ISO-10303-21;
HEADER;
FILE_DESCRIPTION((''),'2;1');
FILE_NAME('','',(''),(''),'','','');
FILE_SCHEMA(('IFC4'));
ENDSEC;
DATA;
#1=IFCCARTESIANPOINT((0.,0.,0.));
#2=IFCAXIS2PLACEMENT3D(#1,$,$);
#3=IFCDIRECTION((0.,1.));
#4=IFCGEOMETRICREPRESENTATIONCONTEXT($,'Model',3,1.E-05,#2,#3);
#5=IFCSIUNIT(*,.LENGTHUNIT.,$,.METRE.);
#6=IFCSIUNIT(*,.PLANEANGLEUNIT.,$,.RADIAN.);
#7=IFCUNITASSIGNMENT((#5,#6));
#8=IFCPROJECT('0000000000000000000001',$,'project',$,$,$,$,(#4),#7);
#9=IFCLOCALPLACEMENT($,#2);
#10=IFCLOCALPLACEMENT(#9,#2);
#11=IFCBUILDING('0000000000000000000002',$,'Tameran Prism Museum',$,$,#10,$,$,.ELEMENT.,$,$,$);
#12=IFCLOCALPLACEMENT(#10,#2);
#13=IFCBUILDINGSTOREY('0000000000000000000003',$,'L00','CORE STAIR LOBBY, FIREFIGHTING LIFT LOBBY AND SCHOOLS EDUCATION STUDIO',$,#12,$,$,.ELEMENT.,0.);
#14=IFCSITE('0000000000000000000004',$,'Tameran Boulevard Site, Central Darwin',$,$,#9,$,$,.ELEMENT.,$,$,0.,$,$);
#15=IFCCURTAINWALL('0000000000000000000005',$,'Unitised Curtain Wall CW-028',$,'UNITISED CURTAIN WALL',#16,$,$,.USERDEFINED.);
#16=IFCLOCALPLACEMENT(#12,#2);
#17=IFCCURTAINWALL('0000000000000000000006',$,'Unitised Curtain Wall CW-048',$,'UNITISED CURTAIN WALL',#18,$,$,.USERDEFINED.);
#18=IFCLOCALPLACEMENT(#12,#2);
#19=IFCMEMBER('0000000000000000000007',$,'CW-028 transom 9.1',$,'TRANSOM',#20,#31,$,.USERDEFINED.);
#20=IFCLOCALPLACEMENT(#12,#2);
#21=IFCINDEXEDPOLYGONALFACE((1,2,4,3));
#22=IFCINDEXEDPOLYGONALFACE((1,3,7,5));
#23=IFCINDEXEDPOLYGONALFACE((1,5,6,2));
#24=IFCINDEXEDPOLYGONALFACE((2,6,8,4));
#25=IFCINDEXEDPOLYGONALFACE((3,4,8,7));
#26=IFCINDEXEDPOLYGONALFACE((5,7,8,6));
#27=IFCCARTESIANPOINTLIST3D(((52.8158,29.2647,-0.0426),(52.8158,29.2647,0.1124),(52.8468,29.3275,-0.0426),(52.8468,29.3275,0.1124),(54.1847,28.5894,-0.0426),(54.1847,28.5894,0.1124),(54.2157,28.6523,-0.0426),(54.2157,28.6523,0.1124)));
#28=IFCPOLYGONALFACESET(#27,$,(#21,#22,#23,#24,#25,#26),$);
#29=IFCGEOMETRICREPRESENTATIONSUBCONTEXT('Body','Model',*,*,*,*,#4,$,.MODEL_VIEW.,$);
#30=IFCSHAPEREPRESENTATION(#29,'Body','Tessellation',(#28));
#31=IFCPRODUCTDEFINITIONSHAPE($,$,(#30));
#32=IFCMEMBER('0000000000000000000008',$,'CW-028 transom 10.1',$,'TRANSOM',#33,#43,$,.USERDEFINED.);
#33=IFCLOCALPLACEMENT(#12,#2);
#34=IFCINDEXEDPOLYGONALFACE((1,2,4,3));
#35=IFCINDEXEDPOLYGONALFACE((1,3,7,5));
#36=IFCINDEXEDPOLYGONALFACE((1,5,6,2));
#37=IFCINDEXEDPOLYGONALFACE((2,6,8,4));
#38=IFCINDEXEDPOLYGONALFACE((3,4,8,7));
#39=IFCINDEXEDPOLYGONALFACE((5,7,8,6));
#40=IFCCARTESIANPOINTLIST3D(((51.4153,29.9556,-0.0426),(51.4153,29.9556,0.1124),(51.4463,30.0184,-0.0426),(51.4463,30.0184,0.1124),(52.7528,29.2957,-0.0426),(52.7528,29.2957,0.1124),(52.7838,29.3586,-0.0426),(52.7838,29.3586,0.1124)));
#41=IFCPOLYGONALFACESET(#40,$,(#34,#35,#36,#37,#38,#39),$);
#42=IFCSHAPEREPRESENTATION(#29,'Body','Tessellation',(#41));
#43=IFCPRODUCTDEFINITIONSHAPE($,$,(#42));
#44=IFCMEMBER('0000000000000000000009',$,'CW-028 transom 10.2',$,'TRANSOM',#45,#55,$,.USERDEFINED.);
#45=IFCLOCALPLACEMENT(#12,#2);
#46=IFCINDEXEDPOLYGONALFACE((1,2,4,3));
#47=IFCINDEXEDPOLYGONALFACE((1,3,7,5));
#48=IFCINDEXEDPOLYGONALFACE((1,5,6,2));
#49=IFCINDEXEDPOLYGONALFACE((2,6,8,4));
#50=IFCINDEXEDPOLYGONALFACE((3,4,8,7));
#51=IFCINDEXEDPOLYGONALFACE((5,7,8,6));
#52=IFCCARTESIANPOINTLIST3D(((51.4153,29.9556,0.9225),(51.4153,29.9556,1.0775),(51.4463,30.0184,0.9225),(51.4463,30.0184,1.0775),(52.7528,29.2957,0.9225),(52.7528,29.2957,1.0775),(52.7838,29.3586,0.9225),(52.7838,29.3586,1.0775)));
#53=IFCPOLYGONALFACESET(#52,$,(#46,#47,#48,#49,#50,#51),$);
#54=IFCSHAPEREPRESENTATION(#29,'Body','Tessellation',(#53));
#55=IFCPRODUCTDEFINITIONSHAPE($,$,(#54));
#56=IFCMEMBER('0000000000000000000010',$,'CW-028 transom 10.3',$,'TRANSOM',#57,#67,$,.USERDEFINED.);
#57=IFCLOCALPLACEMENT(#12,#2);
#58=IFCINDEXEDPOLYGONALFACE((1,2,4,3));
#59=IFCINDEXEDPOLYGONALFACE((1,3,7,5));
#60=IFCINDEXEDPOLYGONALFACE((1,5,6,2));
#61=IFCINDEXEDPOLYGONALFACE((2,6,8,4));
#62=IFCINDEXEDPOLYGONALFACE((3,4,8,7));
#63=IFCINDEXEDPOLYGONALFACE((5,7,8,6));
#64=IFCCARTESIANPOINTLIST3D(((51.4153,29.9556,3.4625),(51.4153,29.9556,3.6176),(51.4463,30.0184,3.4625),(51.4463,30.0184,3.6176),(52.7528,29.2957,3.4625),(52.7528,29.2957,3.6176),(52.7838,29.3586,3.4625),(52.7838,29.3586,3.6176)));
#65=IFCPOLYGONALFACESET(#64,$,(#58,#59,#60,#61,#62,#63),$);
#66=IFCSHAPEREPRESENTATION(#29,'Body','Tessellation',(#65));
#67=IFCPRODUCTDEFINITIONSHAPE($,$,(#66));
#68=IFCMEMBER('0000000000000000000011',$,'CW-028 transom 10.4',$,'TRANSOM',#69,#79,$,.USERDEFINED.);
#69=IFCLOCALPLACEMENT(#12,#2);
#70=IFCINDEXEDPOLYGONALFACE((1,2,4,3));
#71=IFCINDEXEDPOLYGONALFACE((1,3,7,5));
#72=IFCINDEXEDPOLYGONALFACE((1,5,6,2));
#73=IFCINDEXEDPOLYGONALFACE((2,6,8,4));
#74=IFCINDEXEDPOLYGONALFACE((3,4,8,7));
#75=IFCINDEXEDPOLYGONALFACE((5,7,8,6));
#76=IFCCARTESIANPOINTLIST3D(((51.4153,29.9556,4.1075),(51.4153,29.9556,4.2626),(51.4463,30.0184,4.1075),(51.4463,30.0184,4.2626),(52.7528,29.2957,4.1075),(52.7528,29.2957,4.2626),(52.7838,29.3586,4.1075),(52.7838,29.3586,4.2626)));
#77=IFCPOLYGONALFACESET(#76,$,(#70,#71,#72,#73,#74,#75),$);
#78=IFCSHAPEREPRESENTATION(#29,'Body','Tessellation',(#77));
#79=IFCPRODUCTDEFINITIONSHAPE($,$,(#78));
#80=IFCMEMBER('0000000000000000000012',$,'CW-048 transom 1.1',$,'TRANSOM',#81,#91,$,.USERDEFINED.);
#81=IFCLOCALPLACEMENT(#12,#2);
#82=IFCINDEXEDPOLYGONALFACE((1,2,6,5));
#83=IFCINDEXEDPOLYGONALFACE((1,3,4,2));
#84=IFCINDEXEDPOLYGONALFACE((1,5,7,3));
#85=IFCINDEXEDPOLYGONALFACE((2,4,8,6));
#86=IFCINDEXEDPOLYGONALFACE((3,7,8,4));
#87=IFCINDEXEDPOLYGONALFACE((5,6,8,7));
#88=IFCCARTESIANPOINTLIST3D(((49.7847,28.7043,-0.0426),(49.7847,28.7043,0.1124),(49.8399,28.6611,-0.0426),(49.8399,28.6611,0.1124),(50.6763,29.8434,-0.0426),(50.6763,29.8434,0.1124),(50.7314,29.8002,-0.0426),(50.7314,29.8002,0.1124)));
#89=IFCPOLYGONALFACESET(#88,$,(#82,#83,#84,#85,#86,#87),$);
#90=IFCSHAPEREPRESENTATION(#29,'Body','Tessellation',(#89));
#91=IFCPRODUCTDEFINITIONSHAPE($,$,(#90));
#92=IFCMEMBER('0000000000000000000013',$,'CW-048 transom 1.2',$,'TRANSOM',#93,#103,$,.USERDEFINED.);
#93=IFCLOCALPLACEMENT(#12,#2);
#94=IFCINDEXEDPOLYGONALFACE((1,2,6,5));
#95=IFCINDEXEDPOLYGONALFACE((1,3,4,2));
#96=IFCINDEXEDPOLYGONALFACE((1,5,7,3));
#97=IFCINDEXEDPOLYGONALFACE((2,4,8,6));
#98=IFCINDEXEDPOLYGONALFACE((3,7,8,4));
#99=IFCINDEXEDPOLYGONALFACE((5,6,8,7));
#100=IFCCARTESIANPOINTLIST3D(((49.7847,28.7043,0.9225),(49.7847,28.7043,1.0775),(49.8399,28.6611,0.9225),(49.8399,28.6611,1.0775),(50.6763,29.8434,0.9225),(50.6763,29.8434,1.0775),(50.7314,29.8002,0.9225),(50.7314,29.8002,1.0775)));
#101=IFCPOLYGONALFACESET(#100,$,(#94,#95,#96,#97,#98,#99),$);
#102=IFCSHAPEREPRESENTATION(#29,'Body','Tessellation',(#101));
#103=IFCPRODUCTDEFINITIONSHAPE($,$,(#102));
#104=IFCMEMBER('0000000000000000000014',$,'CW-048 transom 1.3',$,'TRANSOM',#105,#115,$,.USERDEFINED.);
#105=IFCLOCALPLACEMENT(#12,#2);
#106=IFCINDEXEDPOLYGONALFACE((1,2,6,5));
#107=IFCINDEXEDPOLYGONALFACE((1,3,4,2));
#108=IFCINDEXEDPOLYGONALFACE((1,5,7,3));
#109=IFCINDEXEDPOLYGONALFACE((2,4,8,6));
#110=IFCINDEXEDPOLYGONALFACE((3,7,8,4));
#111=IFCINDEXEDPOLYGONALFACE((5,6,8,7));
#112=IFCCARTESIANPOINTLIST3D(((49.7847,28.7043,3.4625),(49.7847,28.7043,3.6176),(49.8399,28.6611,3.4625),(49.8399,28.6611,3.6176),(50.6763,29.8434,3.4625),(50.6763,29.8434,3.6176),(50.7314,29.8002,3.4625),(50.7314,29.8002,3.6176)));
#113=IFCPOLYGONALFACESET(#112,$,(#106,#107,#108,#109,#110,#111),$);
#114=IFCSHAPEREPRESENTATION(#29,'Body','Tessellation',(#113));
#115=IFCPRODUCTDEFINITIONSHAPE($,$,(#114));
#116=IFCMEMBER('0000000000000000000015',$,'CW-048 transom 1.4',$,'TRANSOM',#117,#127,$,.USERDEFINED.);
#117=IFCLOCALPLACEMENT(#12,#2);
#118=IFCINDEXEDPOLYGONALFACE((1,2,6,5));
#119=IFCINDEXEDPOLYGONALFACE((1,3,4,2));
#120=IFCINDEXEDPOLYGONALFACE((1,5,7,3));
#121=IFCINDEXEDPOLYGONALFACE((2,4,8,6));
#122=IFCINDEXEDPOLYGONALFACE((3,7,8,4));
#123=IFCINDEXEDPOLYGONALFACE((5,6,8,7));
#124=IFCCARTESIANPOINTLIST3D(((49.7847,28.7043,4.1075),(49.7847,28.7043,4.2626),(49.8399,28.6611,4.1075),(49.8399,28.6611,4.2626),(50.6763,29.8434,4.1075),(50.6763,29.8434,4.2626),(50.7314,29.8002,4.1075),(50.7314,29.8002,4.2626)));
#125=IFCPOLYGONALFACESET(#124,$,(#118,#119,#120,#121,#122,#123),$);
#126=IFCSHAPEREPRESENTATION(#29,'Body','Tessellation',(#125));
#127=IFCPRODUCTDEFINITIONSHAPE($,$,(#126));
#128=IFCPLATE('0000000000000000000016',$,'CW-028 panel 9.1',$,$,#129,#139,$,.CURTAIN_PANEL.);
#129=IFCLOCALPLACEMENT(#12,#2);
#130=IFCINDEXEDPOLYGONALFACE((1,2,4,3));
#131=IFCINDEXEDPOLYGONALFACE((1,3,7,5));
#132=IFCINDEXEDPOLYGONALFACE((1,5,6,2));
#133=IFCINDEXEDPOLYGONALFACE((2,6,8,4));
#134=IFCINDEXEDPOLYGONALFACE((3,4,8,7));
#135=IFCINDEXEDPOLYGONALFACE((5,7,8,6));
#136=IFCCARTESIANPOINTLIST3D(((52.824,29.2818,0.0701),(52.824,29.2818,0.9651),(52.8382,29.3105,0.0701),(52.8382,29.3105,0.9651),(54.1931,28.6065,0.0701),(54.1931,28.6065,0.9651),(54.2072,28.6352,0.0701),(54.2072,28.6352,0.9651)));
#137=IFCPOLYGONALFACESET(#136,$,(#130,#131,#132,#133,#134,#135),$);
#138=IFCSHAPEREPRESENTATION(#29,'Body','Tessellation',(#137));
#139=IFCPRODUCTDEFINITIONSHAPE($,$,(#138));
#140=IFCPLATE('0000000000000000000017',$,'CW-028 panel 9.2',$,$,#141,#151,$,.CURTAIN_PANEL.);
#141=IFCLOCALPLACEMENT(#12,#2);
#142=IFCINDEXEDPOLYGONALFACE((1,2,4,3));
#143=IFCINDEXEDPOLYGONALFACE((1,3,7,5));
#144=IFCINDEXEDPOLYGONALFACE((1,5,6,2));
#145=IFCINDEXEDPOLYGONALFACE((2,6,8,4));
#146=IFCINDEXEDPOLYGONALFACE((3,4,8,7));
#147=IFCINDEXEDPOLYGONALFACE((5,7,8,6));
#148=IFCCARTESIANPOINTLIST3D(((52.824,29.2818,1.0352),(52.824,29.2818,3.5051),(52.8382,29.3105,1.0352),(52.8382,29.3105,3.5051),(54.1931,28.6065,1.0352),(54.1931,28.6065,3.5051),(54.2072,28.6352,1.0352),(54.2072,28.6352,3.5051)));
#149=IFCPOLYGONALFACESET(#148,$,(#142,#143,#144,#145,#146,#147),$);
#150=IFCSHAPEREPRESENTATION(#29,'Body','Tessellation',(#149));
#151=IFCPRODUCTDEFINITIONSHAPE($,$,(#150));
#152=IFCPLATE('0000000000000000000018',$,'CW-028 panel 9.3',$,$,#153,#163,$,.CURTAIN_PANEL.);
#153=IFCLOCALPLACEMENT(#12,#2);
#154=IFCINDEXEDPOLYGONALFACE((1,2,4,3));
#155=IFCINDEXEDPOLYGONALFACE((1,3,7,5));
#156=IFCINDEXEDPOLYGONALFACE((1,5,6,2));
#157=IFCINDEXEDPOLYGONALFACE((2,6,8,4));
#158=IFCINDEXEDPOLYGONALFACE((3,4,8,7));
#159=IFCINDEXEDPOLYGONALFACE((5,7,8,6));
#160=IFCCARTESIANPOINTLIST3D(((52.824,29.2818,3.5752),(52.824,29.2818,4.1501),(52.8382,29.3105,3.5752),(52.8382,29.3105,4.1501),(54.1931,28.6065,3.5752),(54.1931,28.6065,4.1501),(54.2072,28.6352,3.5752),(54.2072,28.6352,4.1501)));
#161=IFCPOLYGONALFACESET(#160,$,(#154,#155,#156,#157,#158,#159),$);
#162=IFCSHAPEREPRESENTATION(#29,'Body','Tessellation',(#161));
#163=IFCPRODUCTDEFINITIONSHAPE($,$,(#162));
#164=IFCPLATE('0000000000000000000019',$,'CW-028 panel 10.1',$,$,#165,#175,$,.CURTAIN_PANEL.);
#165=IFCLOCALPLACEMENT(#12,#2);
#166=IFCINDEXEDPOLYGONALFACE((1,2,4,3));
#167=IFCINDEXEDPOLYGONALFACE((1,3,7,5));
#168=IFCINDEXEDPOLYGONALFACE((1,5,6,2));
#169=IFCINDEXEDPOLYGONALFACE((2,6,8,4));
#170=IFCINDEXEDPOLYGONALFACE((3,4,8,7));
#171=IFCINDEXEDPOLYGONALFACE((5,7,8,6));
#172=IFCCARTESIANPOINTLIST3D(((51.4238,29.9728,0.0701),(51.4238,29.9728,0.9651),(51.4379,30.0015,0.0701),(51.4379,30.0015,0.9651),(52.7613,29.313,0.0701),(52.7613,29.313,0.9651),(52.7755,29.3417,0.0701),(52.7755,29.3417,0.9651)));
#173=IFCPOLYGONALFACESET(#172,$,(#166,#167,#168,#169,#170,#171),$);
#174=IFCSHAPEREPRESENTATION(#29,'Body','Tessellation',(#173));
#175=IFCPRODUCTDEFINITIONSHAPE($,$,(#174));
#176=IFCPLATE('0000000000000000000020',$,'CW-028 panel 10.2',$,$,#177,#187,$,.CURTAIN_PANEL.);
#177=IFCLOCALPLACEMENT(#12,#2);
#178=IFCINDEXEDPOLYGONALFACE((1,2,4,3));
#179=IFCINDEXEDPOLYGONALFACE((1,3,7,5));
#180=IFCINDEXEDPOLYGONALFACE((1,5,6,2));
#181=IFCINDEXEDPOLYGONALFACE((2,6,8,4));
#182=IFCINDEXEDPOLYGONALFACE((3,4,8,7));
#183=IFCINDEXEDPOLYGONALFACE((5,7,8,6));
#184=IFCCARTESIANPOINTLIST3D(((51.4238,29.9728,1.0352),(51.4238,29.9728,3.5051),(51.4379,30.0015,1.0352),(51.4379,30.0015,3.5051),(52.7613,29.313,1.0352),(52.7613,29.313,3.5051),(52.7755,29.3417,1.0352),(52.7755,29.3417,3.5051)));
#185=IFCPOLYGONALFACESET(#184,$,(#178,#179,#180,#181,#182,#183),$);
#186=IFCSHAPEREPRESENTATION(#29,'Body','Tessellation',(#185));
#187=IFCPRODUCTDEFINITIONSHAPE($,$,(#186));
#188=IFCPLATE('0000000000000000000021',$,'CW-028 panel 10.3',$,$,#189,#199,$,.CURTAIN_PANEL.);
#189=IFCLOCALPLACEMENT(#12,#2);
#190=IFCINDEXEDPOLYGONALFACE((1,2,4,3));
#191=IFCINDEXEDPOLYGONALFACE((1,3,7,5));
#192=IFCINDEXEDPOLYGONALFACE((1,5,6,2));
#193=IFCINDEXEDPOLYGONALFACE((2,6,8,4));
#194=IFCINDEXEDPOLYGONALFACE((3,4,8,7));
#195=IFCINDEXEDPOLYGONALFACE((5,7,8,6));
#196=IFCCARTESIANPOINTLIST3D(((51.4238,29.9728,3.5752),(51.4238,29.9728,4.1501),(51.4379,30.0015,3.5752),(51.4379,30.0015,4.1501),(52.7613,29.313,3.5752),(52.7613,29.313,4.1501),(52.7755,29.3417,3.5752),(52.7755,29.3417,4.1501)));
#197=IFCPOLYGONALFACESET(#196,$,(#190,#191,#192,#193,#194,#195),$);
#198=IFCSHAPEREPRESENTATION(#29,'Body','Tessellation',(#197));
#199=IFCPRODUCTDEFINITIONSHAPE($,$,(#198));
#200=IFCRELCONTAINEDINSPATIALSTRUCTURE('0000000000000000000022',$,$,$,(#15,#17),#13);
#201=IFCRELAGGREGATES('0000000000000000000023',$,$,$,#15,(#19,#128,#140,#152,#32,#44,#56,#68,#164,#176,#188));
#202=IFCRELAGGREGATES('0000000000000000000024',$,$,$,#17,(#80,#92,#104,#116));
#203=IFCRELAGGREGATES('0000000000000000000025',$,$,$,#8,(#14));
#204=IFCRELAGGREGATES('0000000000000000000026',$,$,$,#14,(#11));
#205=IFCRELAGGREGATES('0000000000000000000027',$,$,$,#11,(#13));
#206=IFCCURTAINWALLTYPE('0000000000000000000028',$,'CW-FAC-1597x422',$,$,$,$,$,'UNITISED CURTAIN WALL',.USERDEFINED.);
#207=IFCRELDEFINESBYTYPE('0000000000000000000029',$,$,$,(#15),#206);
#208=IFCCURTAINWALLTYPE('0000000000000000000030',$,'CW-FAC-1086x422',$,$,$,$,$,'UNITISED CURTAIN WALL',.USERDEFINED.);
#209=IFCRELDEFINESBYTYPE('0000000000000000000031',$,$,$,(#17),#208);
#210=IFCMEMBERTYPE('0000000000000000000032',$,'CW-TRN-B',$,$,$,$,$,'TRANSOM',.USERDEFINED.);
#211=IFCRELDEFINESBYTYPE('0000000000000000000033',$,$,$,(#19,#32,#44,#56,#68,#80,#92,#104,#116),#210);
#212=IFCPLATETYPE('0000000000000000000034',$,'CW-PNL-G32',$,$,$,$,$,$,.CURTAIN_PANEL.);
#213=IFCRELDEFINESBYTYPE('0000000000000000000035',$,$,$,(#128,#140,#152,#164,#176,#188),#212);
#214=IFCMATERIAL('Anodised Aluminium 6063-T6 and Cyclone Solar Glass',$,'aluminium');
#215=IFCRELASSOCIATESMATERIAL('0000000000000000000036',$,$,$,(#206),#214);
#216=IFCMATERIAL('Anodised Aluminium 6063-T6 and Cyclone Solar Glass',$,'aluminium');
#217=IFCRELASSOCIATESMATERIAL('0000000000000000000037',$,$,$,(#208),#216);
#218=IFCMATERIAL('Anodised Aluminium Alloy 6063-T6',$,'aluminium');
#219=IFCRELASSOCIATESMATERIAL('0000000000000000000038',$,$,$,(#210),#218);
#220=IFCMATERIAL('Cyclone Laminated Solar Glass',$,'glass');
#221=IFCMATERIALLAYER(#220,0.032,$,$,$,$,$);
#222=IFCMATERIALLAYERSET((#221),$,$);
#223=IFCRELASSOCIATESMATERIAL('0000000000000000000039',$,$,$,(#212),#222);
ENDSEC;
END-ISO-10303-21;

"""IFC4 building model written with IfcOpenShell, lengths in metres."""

from ifc_helpers import new_model, si_unit, direction, frame, origin, origin_2d, place, context, subcontext, project, spatial, rectangle, extrude, material, layer, layer_set, material_profile, profile_set, type_object, element, aggregate, save


model = new_model("IFC4")

# Units and contexts
model_context = context("Model", 3, precision=1e-05, world=origin(), true_north=direction((0.0, 1.0)))
body_context = subcontext(model_context, "Body", "Model", "MODEL_VIEW")
ifc_project = project(units=[si_unit("LENGTHUNIT", "METRE"), si_unit("PLANEANGLEUNIT", "RADIAN")], contexts=[model_context])

# Site, building, storey
site_placement = place(None, origin())
site = spatial("IfcSite", under=ifc_project, at=site_placement, Name="Tameran Boulevard Site, Central Darwin", CompositionType="ELEMENT", RefElevation=0.0)
building_placement = place(site_placement, origin())
building = spatial("IfcBuilding", under=site, at=building_placement, Name="Tameran Prism Museum", CompositionType="ELEMENT")
storey_placement = place(building_placement, origin())
storey = spatial("IfcBuildingStorey", under=building, at=storey_placement, Name="L00", Description="CORE STAIR LOBBY, FIREFIGHTING LIFT LOBBY AND SCHOOLS EDUCATION STUDIO", CompositionType="ELEMENT", Elevation=0.0)

# Curtain wall
ifc_material_1 = material(Name="Anodised Aluminium 6063-T6 and Cyclone Solar Glass", Category="aluminium")
curtain_wall_type_1 = type_object("IfcCurtainWallType", Name="CW-FAC-1597x422", ElementType="UNITISED CURTAIN WALL", PredefinedType="USERDEFINED", material=ifc_material_1)
curtain_wall_1_placement = place(storey_placement, origin())
curtain_wall_1 = element("IfcCurtainWall", 1, at=curtain_wall_1_placement, inside=storey, type_object=curtain_wall_type_1, Name="Unitised Curtain Wall CW-028", ObjectType="UNITISED CURTAIN WALL", PredefinedType="USERDEFINED")

# Curtain wall
ifc_material_2 = material(Name="Anodised Aluminium 6063-T6 and Cyclone Solar Glass", Category="aluminium")
curtain_wall_type_2 = type_object("IfcCurtainWallType", Name="CW-FAC-1086x422", ElementType="UNITISED CURTAIN WALL", PredefinedType="USERDEFINED", material=ifc_material_2)
curtain_wall_2_placement = place(storey_placement, origin())
curtain_wall_2 = element("IfcCurtainWall", 2, at=curtain_wall_2_placement, inside=storey, type_object=curtain_wall_type_2, Name="Unitised Curtain Wall CW-048", ObjectType="UNITISED CURTAIN WALL", PredefinedType="USERDEFINED")

# Members
ifc_material_3 = material(Name="Anodised Aluminium Alloy 6063-T6", Category="aluminium")
ifc_material_profile_1 = material_profile(ifc_material_3, rectangle(XDim=0.0701, YDim=0.155, at=origin_2d()))
ifc_profile_set_1 = profile_set([ifc_material_profile_1])
member_type_1 = type_object("IfcMemberType", Name="CW-TRN-B", ElementType="TRANSOM", PredefinedType="USERDEFINED", material=ifc_profile_set_1)
member_1_placement = place(storey_placement, frame((54.2002, 28.6208, 0.0349), z_axis=(-0.896813, 0.442409, 0.0), x_axis=(-0.442409, -0.896813, 0.0)))
member_1 = element("IfcMember", 3, at=member_1_placement, type_object=member_type_1, Name="CW-028 transom 9.1", ObjectType="TRANSOM", PredefinedType="USERDEFINED", context=body_context, shape_type="SweptSolid", body=[
    extrude(rectangle(XDim=0.0701, YDim=0.155, at=origin_2d()), origin(), (0.0, 0.0, 1.0), 1.5264),
])
member_2_placement = place(storey_placement, frame((52.7683, 29.3271, 0.0349), z_axis=(-0.896804, 0.442428, 0.0), x_axis=(-0.442428, -0.896804, 0.0)))
member_2 = element("IfcMember", 4, at=member_2_placement, type_object=member_type_1, Name="CW-028 transom 10.1", ObjectType="TRANSOM", PredefinedType="USERDEFINED", context=body_context, shape_type="SweptSolid", body=[
    extrude(rectangle(XDim=0.0701, YDim=0.155, at=origin_2d()), origin(), (0.0, 0.0, 1.0), 1.4915),
])
member_3_placement = place(storey_placement, frame((52.7683, 29.3271, 1.0), z_axis=(-0.896804, 0.442428, 0.0), x_axis=(-0.442428, -0.896804, 0.0)))
member_3 = element("IfcMember", 5, at=member_3_placement, type_object=member_type_1, Name="CW-028 transom 10.2", ObjectType="TRANSOM", PredefinedType="USERDEFINED", context=body_context, shape_type="SweptSolid", body=[
    extrude(rectangle(XDim=0.0701, YDim=0.155, at=origin_2d()), origin(), (0.0, 0.0, 1.0), 1.4915),
])
member_4_placement = place(storey_placement, frame((52.7683, 29.3271, 3.54), z_axis=(-0.896804, 0.442428, 0.0), x_axis=(-0.442428, -0.896804, 0.0)))
member_4 = element("IfcMember", 6, at=member_4_placement, type_object=member_type_1, Name="CW-028 transom 10.3", ObjectType="TRANSOM", PredefinedType="USERDEFINED", context=body_context, shape_type="SweptSolid", body=[
    extrude(rectangle(XDim=0.0701, YDim=0.155, at=origin_2d()), origin(), (0.0, 0.0, 1.0), 1.4915),
])
member_5_placement = place(storey_placement, frame((52.7683, 29.3271, 4.1851), z_axis=(-0.896804, 0.442428, 0.0), x_axis=(-0.442428, -0.896804, 0.0)))
member_5 = element("IfcMember", 7, at=member_5_placement, type_object=member_type_1, Name="CW-028 transom 10.4", ObjectType="TRANSOM", PredefinedType="USERDEFINED", context=body_context, shape_type="SweptSolid", body=[
    extrude(rectangle(XDim=0.0701, YDim=0.155, at=origin_2d()), origin(), (0.0, 0.0, 1.0), 1.4915),
])
member_6_placement = place(storey_placement, frame((50.7039, 29.8218, 0.0349), z_axis=(-0.616345, -0.787477, 0.0), x_axis=(0.787477, -0.616345, 0.0)))
member_6 = element("IfcMember", 8, at=member_6_placement, type_object=member_type_1, Name="CW-048 transom 1.1", ObjectType="TRANSOM", PredefinedType="USERDEFINED", context=body_context, shape_type="SweptSolid", body=[
    extrude(rectangle(XDim=0.0701, YDim=0.155, at=origin_2d()), origin(), (0.0, 0.0, 1.0), 1.4465),
])
member_7_placement = place(storey_placement, frame((50.7039, 29.8218, 1.0), z_axis=(-0.616345, -0.787477, 0.0), x_axis=(0.787477, -0.616345, 0.0)))
member_7 = element("IfcMember", 9, at=member_7_placement, type_object=member_type_1, Name="CW-048 transom 1.2", ObjectType="TRANSOM", PredefinedType="USERDEFINED", context=body_context, shape_type="SweptSolid", body=[
    extrude(rectangle(XDim=0.0701, YDim=0.155, at=origin_2d()), origin(), (0.0, 0.0, 1.0), 1.4465),
])
member_8_placement = place(storey_placement, frame((50.7039, 29.8218, 3.54), z_axis=(-0.616345, -0.787477, 0.0), x_axis=(0.787477, -0.616345, 0.0)))
member_8 = element("IfcMember", 10, at=member_8_placement, type_object=member_type_1, Name="CW-048 transom 1.3", ObjectType="TRANSOM", PredefinedType="USERDEFINED", context=body_context, shape_type="SweptSolid", body=[
    extrude(rectangle(XDim=0.0701, YDim=0.155, at=origin_2d()), origin(), (0.0, 0.0, 1.0), 1.4465),
])
member_9_placement = place(storey_placement, frame((50.7039, 29.8218, 4.1851), z_axis=(-0.616345, -0.787477, 0.0), x_axis=(0.787477, -0.616345, 0.0)))
member_9 = element("IfcMember", 11, at=member_9_placement, type_object=member_type_1, Name="CW-048 transom 1.4", ObjectType="TRANSOM", PredefinedType="USERDEFINED", context=body_context, shape_type="SweptSolid", body=[
    extrude(rectangle(XDim=0.0701, YDim=0.155, at=origin_2d()), origin(), (0.0, 0.0, 1.0), 1.4465),
])

# Plates
ifc_material_4 = material(Name="Cyclone Laminated Solar Glass", Category="glass")
ifc_layer_1 = layer(ifc_material_4, 0.032)
ifc_layer_set_1 = layer_set([ifc_layer_1])
plate_type_1 = type_object("IfcPlateType", Name="CW-PNL-G32", PredefinedType="CURTAIN_PANEL", material=ifc_layer_set_1)
plate_1_placement = place(storey_placement, frame((53.5156, 28.9585, 0.0701), z_axis=(0.0, 0.0, 1.0), x_axis=(-0.896819, 0.442397, 0.0)))
plate_1 = element("IfcPlate", 12, at=plate_1_placement, type_object=plate_type_1, Name="CW-028 panel 9.1", PredefinedType="CURTAIN_PANEL", context=body_context, shape_type="SweptSolid", body=[
    extrude(rectangle(XDim=1.5266, YDim=0.032, at=origin_2d()), origin(), (0.0, 0.0, 1.0), 0.895),
])
plate_2_placement = place(storey_placement, frame((53.5156, 28.9585, 1.0352), z_axis=(0.0, 0.0, 1.0), x_axis=(-0.896819, 0.442397, 0.0)))
plate_2 = element("IfcPlate", 13, at=plate_2_placement, type_object=plate_type_1, Name="CW-028 panel 9.2", PredefinedType="CURTAIN_PANEL", context=body_context, shape_type="SweptSolid", body=[
    extrude(rectangle(XDim=1.5266, YDim=0.032, at=origin_2d()), origin(), (0.0, 0.0, 1.0), 2.47),
])
plate_3_placement = place(storey_placement, frame((53.5156, 28.9585, 3.5752), z_axis=(0.0, 0.0, 1.0), x_axis=(-0.896819, 0.442397, 0.0)))
plate_3 = element("IfcPlate", 14, at=plate_3_placement, type_object=plate_type_1, Name="CW-028 panel 9.3", PredefinedType="CURTAIN_PANEL", context=body_context, shape_type="SweptSolid", body=[
    extrude(rectangle(XDim=1.5266, YDim=0.032, at=origin_2d()), origin(), (0.0, 0.0, 1.0), 0.575),
])
plate_4_placement = place(storey_placement, frame((52.0996, 29.6572, 0.0701), z_axis=(0.0, 0.0, 1.0), x_axis=(-0.896819, 0.442397, 0.0)))
plate_4 = element("IfcPlate", 15, at=plate_4_placement, type_object=plate_type_1, Name="CW-028 panel 10.1", PredefinedType="CURTAIN_PANEL", context=body_context, shape_type="SweptSolid", body=[
    extrude(rectangle(XDim=1.4915, YDim=0.032, at=origin_2d()), origin(), (0.0, 0.0, 1.0), 0.895),
])
plate_5_placement = place(storey_placement, frame((52.0996, 29.6572, 1.0352), z_axis=(0.0, 0.0, 1.0), x_axis=(-0.896819, 0.442397, 0.0)))
plate_5 = element("IfcPlate", 16, at=plate_5_placement, type_object=plate_type_1, Name="CW-028 panel 10.2", PredefinedType="CURTAIN_PANEL", context=body_context, shape_type="SweptSolid", body=[
    extrude(rectangle(XDim=1.4915, YDim=0.032, at=origin_2d()), origin(), (0.0, 0.0, 1.0), 2.47),
])
plate_6_placement = place(storey_placement, frame((52.0996, 29.6572, 3.5752), z_axis=(0.0, 0.0, 1.0), x_axis=(-0.896819, 0.442397, 0.0)))
plate_6 = element("IfcPlate", 17, at=plate_6_placement, type_object=plate_type_1, Name="CW-028 panel 10.3", PredefinedType="CURTAIN_PANEL", context=body_context, shape_type="SweptSolid", body=[
    extrude(rectangle(XDim=1.4915, YDim=0.032, at=origin_2d()), origin(), (0.0, 0.0, 1.0), 0.575),
])
aggregate(curtain_wall_1, [member_1, plate_1, plate_2, plate_3, member_2, member_3, member_4, member_5, plate_4, plate_5, plate_6])
aggregate(curtain_wall_2, [member_6, member_7, member_8, member_9])

save(model, "model.ifc")
